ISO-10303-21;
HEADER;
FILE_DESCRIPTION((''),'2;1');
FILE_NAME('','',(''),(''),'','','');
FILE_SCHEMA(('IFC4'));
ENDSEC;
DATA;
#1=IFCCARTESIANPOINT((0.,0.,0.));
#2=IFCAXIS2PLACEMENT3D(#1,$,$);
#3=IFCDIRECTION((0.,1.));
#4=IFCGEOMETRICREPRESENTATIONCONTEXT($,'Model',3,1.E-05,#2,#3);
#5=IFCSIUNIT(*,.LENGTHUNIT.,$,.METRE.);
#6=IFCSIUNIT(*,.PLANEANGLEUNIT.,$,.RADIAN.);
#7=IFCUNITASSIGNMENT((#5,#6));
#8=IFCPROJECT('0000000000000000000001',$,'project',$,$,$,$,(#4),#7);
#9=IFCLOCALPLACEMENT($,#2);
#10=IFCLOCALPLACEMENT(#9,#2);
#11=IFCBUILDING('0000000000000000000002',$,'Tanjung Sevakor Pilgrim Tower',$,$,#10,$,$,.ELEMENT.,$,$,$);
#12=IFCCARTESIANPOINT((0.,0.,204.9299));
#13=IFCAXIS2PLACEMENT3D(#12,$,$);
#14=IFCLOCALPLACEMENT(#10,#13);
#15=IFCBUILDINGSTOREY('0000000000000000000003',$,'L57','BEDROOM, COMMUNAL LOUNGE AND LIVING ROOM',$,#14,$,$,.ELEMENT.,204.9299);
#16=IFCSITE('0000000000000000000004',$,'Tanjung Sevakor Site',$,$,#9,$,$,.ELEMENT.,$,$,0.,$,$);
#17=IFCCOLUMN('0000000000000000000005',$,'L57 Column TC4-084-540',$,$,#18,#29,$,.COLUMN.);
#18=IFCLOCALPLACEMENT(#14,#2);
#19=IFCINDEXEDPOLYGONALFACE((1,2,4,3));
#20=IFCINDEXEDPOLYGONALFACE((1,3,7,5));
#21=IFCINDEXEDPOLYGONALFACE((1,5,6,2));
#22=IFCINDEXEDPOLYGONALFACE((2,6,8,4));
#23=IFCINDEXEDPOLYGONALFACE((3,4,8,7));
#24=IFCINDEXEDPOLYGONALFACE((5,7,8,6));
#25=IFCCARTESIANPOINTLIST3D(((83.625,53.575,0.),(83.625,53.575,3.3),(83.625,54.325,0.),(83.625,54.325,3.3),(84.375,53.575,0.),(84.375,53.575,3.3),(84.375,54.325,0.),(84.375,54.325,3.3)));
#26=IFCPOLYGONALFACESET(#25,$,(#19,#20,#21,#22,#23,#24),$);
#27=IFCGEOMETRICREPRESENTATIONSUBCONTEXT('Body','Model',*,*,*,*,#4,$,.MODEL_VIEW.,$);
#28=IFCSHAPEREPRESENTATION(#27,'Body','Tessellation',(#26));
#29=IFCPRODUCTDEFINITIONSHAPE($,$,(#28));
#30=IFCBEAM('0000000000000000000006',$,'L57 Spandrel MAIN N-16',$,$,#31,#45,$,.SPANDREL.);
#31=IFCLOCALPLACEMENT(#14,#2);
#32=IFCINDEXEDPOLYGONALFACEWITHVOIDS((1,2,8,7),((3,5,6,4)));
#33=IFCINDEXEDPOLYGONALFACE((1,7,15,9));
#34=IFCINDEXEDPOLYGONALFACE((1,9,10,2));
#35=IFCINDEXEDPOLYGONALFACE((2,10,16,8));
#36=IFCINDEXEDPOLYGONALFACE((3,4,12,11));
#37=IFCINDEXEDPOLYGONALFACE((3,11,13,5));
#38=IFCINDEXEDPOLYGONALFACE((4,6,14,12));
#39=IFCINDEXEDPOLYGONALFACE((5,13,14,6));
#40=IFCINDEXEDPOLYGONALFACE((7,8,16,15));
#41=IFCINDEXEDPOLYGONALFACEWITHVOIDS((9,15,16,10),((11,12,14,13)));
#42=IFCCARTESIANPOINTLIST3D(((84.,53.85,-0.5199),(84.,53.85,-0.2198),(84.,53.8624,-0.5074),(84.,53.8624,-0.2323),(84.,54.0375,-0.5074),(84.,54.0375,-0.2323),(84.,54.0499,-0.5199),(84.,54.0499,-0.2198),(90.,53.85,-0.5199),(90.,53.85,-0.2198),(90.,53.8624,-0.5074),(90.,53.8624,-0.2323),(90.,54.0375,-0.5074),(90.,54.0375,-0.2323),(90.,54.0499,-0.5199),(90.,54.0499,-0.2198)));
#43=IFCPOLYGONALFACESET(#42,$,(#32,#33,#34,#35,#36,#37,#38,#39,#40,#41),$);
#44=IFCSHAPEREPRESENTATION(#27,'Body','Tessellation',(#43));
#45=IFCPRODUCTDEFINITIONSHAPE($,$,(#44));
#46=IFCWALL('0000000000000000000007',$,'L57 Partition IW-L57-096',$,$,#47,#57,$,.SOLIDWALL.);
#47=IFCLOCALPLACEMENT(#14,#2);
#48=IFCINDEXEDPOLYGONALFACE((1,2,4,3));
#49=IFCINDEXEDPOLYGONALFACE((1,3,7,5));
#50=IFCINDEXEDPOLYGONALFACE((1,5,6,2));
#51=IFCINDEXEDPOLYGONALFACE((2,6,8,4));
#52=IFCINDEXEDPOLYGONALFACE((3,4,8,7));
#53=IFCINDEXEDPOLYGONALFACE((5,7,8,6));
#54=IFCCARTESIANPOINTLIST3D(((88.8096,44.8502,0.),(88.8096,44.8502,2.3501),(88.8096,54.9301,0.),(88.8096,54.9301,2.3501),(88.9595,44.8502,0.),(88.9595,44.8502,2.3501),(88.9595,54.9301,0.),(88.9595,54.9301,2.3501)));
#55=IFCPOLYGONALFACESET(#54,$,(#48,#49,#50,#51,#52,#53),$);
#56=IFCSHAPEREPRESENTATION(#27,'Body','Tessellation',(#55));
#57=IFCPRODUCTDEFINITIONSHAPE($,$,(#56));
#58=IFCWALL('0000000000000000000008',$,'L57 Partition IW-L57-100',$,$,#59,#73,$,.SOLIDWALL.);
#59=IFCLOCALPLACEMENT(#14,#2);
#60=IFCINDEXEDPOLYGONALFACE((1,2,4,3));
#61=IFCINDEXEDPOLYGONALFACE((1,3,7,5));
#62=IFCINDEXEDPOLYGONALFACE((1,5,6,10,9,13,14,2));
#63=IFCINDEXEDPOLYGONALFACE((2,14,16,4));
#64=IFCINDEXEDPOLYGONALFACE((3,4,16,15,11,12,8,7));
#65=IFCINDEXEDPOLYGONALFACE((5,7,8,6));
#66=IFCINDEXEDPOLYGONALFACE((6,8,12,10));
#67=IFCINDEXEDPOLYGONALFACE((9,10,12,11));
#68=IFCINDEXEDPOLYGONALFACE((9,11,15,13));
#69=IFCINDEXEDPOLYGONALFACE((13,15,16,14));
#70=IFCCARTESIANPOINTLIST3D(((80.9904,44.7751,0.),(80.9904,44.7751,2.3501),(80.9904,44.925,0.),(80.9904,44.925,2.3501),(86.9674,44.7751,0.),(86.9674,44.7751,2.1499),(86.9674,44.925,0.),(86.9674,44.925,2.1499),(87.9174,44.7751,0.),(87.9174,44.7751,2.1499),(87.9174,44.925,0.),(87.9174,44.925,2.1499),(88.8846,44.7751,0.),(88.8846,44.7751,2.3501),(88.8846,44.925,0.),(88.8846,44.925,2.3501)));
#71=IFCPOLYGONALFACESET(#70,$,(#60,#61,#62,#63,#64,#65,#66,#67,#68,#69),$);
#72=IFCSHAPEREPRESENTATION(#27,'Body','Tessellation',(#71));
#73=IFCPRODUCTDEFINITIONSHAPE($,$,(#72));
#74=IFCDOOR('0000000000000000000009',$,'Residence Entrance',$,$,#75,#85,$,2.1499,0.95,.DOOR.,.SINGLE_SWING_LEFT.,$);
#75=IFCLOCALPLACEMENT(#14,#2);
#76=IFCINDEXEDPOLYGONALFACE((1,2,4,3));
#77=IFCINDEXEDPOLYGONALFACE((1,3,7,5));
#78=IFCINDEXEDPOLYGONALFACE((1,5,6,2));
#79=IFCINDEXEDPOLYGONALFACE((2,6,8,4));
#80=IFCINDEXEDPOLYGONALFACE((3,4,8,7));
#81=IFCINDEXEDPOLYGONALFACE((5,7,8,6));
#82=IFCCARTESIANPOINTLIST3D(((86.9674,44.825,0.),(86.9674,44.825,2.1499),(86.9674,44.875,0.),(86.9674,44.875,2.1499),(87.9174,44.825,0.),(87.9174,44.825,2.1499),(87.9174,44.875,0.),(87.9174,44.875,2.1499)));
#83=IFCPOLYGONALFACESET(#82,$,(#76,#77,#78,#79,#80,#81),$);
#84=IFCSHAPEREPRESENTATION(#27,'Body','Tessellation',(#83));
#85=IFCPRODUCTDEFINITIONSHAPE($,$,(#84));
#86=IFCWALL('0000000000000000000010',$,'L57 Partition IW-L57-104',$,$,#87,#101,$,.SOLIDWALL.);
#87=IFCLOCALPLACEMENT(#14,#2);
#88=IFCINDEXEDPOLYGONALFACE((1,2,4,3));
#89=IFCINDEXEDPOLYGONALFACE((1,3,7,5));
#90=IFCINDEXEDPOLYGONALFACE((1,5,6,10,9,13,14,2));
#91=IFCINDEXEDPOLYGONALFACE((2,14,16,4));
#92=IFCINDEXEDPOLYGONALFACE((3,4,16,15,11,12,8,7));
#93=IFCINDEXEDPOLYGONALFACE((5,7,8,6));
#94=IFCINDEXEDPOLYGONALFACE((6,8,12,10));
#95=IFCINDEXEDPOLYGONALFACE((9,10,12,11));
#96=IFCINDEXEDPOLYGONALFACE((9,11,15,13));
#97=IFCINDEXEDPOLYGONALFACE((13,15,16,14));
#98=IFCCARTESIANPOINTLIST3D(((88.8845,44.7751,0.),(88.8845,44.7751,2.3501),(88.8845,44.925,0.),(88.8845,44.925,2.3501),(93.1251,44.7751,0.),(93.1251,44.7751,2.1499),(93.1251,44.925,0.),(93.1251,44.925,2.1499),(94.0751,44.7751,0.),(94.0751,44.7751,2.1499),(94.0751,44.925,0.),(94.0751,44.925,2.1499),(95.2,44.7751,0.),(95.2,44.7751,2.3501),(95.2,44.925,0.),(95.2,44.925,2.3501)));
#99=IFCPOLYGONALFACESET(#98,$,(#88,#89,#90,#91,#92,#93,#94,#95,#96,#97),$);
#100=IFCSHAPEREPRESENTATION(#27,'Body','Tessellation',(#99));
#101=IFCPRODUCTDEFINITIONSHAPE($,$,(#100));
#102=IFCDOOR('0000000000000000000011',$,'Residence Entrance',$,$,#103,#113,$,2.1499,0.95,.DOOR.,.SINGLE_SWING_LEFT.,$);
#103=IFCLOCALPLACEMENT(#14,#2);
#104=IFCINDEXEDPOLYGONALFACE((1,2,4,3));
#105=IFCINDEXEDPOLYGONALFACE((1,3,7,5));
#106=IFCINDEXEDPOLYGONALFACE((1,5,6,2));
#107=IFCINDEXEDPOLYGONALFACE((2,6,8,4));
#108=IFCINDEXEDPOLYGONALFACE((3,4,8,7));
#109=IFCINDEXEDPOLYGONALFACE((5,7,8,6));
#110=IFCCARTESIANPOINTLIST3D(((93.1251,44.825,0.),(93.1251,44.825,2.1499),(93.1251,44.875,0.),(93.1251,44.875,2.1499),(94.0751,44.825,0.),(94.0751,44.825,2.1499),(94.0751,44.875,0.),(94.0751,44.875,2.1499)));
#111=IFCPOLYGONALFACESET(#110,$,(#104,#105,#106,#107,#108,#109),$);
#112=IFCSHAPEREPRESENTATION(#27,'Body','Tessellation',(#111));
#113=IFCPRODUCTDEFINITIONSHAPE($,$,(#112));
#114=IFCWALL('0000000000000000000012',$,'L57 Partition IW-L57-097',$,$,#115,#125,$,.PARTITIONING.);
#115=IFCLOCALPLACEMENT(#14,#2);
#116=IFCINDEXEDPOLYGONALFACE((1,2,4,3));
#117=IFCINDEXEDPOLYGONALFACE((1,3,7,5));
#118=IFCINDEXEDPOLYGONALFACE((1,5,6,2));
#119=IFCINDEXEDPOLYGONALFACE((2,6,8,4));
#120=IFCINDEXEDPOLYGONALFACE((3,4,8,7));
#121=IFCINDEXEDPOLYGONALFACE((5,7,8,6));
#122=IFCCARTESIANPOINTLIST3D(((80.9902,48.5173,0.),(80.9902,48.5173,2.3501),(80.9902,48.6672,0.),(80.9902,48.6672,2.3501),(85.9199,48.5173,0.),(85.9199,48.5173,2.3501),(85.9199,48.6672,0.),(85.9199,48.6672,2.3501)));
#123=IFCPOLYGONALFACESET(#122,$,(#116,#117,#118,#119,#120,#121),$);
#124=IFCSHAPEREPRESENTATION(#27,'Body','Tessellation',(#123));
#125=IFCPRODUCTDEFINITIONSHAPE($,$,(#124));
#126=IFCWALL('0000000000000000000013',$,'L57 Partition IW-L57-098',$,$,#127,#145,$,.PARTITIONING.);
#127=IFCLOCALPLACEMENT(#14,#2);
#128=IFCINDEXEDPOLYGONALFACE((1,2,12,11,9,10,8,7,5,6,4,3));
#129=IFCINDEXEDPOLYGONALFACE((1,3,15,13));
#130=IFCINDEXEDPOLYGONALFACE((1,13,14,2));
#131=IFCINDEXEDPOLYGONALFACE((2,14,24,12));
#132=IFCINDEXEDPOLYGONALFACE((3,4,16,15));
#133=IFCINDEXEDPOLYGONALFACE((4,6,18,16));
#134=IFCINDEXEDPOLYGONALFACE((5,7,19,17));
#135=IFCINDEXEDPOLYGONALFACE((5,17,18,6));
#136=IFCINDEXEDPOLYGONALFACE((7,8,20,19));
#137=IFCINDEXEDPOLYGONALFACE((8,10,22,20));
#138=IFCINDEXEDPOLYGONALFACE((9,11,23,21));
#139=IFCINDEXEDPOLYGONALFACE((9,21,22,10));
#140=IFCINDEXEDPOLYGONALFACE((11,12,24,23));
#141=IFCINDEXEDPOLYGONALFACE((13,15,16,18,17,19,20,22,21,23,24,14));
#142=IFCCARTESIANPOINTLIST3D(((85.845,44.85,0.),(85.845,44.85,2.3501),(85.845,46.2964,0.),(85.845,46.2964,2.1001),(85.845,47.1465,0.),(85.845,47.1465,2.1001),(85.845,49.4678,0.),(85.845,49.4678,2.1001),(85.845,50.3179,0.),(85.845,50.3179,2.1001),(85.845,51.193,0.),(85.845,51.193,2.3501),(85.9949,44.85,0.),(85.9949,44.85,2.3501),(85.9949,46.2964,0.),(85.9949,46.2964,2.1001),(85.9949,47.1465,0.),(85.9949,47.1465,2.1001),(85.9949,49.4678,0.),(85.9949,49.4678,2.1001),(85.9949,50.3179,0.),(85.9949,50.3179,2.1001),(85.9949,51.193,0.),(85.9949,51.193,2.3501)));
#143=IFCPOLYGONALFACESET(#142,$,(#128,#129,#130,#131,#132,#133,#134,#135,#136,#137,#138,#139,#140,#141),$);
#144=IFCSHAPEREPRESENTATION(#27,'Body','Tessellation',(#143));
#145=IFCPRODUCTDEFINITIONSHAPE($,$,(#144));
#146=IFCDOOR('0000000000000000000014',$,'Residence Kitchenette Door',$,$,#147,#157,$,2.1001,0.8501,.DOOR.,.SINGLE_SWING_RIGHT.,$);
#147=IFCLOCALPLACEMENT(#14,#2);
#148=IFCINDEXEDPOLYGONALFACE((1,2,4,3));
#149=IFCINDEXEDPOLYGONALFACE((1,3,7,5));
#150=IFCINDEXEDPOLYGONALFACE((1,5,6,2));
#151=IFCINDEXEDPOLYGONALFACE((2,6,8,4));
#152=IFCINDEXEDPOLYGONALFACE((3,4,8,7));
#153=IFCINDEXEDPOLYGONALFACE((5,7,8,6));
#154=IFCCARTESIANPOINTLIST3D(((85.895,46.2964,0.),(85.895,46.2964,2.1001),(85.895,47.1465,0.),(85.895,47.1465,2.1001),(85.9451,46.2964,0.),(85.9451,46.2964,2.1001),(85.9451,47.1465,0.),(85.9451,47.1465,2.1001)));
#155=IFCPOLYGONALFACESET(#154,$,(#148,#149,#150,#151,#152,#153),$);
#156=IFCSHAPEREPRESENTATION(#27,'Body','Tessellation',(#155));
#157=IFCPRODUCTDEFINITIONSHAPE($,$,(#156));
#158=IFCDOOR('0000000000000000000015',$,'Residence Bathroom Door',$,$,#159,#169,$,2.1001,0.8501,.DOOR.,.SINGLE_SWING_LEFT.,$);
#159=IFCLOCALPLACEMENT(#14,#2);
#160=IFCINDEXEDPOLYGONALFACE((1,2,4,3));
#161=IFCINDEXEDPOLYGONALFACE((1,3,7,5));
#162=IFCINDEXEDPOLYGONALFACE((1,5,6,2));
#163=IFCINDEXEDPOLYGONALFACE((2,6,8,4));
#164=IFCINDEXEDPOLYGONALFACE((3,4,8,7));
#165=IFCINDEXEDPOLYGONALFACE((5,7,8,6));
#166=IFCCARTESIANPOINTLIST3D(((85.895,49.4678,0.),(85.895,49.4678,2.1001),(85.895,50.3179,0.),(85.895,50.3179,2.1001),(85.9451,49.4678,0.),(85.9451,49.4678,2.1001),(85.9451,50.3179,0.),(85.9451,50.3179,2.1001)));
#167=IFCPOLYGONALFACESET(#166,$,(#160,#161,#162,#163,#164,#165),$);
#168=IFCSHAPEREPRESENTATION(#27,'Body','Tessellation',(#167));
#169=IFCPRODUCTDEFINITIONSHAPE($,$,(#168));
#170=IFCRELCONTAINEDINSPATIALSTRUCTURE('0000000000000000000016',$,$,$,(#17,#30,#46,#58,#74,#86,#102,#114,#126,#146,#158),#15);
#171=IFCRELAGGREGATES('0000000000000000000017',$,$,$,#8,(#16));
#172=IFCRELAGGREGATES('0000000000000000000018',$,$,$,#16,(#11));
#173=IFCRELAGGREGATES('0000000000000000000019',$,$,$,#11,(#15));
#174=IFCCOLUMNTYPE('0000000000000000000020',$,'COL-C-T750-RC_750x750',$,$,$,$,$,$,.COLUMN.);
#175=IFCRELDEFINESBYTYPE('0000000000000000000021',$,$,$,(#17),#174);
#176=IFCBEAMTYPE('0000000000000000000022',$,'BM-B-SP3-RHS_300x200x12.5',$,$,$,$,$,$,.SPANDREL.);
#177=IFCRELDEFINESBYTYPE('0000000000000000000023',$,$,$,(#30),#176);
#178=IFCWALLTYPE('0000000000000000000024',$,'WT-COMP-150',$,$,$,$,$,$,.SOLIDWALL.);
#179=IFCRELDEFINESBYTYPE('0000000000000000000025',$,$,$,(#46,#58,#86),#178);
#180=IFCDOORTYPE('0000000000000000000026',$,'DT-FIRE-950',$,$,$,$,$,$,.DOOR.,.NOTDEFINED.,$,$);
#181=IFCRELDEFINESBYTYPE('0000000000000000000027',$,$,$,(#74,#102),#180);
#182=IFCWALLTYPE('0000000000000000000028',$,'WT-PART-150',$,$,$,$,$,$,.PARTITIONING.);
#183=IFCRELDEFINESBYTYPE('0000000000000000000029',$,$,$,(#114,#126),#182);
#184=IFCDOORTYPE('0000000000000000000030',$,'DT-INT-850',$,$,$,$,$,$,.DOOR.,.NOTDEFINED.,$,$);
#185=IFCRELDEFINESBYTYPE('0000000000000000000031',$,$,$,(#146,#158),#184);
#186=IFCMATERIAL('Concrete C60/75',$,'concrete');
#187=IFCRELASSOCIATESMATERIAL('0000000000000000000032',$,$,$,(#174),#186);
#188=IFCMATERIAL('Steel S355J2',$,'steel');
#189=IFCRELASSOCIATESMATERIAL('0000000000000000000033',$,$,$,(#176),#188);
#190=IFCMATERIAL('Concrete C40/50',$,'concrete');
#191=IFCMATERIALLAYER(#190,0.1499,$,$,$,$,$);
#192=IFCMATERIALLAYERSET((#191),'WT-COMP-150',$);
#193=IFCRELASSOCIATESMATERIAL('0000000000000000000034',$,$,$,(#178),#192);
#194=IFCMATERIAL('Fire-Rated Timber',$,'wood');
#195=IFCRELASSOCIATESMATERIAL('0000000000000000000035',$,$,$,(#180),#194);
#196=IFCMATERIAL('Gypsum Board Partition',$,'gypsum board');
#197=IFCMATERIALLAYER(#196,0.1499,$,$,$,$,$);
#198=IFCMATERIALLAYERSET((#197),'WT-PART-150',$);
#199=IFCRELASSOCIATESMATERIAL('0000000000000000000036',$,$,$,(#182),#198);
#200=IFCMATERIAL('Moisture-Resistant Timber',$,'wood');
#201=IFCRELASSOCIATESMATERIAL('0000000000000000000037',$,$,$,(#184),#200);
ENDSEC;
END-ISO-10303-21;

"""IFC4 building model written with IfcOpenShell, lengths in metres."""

from ifc_helpers import new_model, si_unit, direction, frame, frame_2d, origin, origin_2d, place, context, subcontext, project, spatial, rectangle, hollow_rectangle, extrude, material, layer, layer_set, material_profile, profile_set, type_object, element, fill, save


model = new_model("IFC4")

# Units and contexts
model_context = context("Model", 3, precision=1e-05, world=origin(), true_north=direction((0.0, 1.0)))
body_context = subcontext(model_context, "Body", "Model", "MODEL_VIEW")
ifc_project = project(units=[si_unit("LENGTHUNIT", "METRE"), si_unit("PLANEANGLEUNIT", "RADIAN")], contexts=[model_context])

# Site, building, storey
site_placement = place(None, origin())
site = spatial("IfcSite", under=ifc_project, at=site_placement, Name="Tanjung Sevakor Site", CompositionType="ELEMENT", RefElevation=0.0)
building_placement = place(site_placement, origin())
building = spatial("IfcBuilding", under=site, at=building_placement, Name="Tanjung Sevakor Pilgrim Tower", CompositionType="ELEMENT")
storey_placement = place(building_placement, frame((0.0, 0.0, 204.9299)))
storey = spatial("IfcBuildingStorey", under=building, at=storey_placement, Name="L57", Description="BEDROOM, COMMUNAL LOUNGE AND LIVING ROOM", CompositionType="ELEMENT", Elevation=204.9299)

# Column
ifc_material_1 = material(Name="Concrete C60/75", Category="concrete")
ifc_material_profile_1 = material_profile(ifc_material_1, rectangle(XDim=0.75, YDim=0.75, at=origin_2d()))
ifc_profile_set_1 = profile_set([ifc_material_profile_1], Name="Concrete C60/75")
column_type = type_object("IfcColumnType", Name="COL-C-T750-RC_750x750", PredefinedType="COLUMN", material=ifc_profile_set_1)
column_placement = place(storey_placement, frame((84.0, 53.95, 0.0), z_axis=(0.0, 0.0, 1.0), x_axis=(1.0, 0.0, 0.0)))
element("IfcColumn", 1, at=column_placement, inside=storey, type_object=column_type, Name="L57 Column TC4-084-540", PredefinedType="COLUMN", context=body_context, shape_type="SweptSolid", body=[
    extrude(rectangle(XDim=0.75, YDim=0.75, at=origin_2d()), origin(), (0.0, 0.0, 1.0), 3.3),
])

# Beam
ifc_material_2 = material(Name="Steel S355J2", Category="steel")
ifc_material_profile_2 = material_profile(ifc_material_2, hollow_rectangle(XDim=0.2, YDim=0.3, WallThickness=0.0125, at=origin_2d()))
ifc_profile_set_2 = profile_set([ifc_material_profile_2], Name="Steel S355J2")
beam_type = type_object("IfcBeamType", Name="BM-B-SP3-RHS_300x200x12.5", PredefinedType="SPANDREL", material=ifc_profile_set_2)
beam_placement = place(storey_placement, frame((84.0, 53.95, -0.3699), z_axis=(1.0, 0.0, 0.0), x_axis=(0.0, 1.0, 0.0)))
element("IfcBeam", 2, at=beam_placement, inside=storey, type_object=beam_type, Name="L57 Spandrel MAIN N-16", PredefinedType="SPANDREL", context=body_context, shape_type="SweptSolid", body=[
    extrude(hollow_rectangle(XDim=0.2, YDim=0.3, WallThickness=0.0125, at=origin_2d()), origin(), (0.0, 0.0, 1.0), 6.0),
])

# Wall
ifc_material_3 = material(Name="Concrete C40/50", Category="concrete")
ifc_layer_1 = layer(ifc_material_3, 0.1499)
ifc_layer_set_1 = layer_set([ifc_layer_1], Name="WT-COMP-150")
wall_type_1 = type_object("IfcWallType", Name="WT-COMP-150", PredefinedType="SOLIDWALL", material=ifc_layer_set_1)
wall_1_placement = place(storey_placement, frame((88.8845, 44.8501, 0.0), z_axis=(0.0, 0.0, 1.0), x_axis=(0.0, 1.0, 0.0)))
element("IfcWall", 3, at=wall_1_placement, inside=storey, type_object=wall_type_1, Name="L57 Partition IW-L57-096", PredefinedType="SOLIDWALL", context=body_context, shape_type="SweptSolid", body=[
    extrude(rectangle(XDim=10.0798, YDim=0.1499, at=frame_2d((5.04, 0.0))), origin(), (0.0, 0.0, 1.0), 2.3501),
])

# Walls, openings, doors
wall_2_placement = place(storey_placement, frame((80.9902, 44.8501, 0.0), z_axis=(0.0, 0.0, 1.0), x_axis=(1.0, 0.0, 0.0)))
wall_2 = element("IfcWall", 4, at=wall_2_placement, inside=storey, type_object=wall_type_1, Name="L57 Partition IW-L57-100", PredefinedType="SOLIDWALL", context=body_context, shape_type="SweptSolid", body=[
    extrude(rectangle(XDim=7.8943, YDim=0.1499, at=frame_2d((3.9473, 0.0))), origin(), (0.0, 0.0, 1.0), 2.3501),
])
opening_1_placement = place(wall_2_placement, frame((5.9771, 0.0, 0.0)))
opening_1 = element("IfcOpeningElement", 5, at=opening_1_placement, cuts=wall_2, PredefinedType="OPENING", context=body_context, shape_type="SweptSolid", body=[
    extrude(rectangle(XDim=0.95, YDim=2.1499, at=frame_2d((0.4751, 1.075))), frame((0.0, 0.085, 0.0), z_axis=(0.0, -1.0, 0.0), x_axis=(1.0, 0.0, 0.0)), (0.0, 0.0, 1.0), 0.1699),
])
ifc_material_4 = material(Name="Fire-Rated Timber", Category="wood")
door_type_1 = type_object("IfcDoorType", Name="DT-FIRE-950", OperationType="NOTDEFINED", PredefinedType="DOOR", material=ifc_material_4)
door_1_placement = place(opening_1_placement, origin())
door_1 = element("IfcDoor", 6, at=door_1_placement, inside=storey, type_object=door_type_1, Name="Residence Entrance", OperationType="SINGLE_SWING_LEFT", OverallHeight=2.1499, OverallWidth=0.95, PredefinedType="DOOR", context=body_context, shape_type="SweptSolid", body=[
    extrude(rectangle(XDim=0.95, YDim=2.1499, at=frame_2d((0.4751, 1.075))), frame((0.0, 0.0249, 0.0), z_axis=(0.0, -1.0, 0.0), x_axis=(1.0, 0.0, 0.0)), (0.0, 0.0, 1.0), 0.05),
])
fill(opening_1, door_1)
wall_3_placement = place(storey_placement, frame((88.8845, 44.8501, 0.0), z_axis=(0.0, 0.0, 1.0), x_axis=(1.0, 0.0, 0.0)))
wall_3 = element("IfcWall", 7, at=wall_3_placement, inside=storey, type_object=wall_type_1, Name="L57 Partition IW-L57-104", PredefinedType="SOLIDWALL", context=body_context, shape_type="SweptSolid", body=[
    extrude(rectangle(XDim=6.3154, YDim=0.1499, at=frame_2d((3.1577, 0.0))), origin(), (0.0, 0.0, 1.0), 2.3501),
])
opening_2_placement = place(wall_3_placement, frame((4.2405, 0.0, 0.0)))
opening_2 = element("IfcOpeningElement", 8, at=opening_2_placement, cuts=wall_3, PredefinedType="OPENING", context=body_context, shape_type="SweptSolid", body=[
    extrude(rectangle(XDim=0.95, YDim=2.1499, at=frame_2d((0.4751, 1.075))), frame((0.0, 0.085, 0.0), z_axis=(0.0, -1.0, 0.0), x_axis=(1.0, 0.0, 0.0)), (0.0, 0.0, 1.0), 0.1699),
])
door_2_placement = place(opening_2_placement, origin())
door_2 = element("IfcDoor", 9, at=door_2_placement, inside=storey, type_object=door_type_1, Name="Residence Entrance", OperationType="SINGLE_SWING_LEFT", OverallHeight=2.1499, OverallWidth=0.95, PredefinedType="DOOR", context=body_context, shape_type="SweptSolid", body=[
    extrude(rectangle(XDim=0.95, YDim=2.1499, at=frame_2d((0.4751, 1.075))), frame((0.0, 0.0249, 0.0), z_axis=(0.0, -1.0, 0.0), x_axis=(1.0, 0.0, 0.0)), (0.0, 0.0, 1.0), 0.05),
])
fill(opening_2, door_2)

# Wall
ifc_material_5 = material(Name="Gypsum Board Partition", Category="gypsum board")
ifc_layer_2 = layer(ifc_material_5, 0.1499)
ifc_layer_set_2 = layer_set([ifc_layer_2], Name="WT-PART-150")
wall_type_2 = type_object("IfcWallType", Name="WT-PART-150", PredefinedType="PARTITIONING", material=ifc_layer_set_2)
wall_4_placement = place(storey_placement, frame((80.9902, 48.5923, 0.0), z_axis=(0.0, 0.0, 1.0), x_axis=(1.0, 0.0, 0.0)))
element("IfcWall", 10, at=wall_4_placement, inside=storey, type_object=wall_type_2, Name="L57 Partition IW-L57-097", PredefinedType="PARTITIONING", context=body_context, shape_type="SweptSolid", body=[
    extrude(rectangle(XDim=4.9297, YDim=0.1499, at=frame_2d((2.4648, 0.0))), origin(), (0.0, 0.0, 1.0), 2.3501),
])

# Wall, openings, doors
wall_5_placement = place(storey_placement, frame((85.9199, 44.8501, 0.0), z_axis=(0.0, 0.0, 1.0), x_axis=(0.0, 1.0, 0.0)))
wall_5 = element("IfcWall", 11, at=wall_5_placement, inside=storey, type_object=wall_type_2, Name="L57 Partition IW-L57-098", PredefinedType="PARTITIONING", context=body_context, shape_type="SweptSolid", body=[
    extrude(rectangle(XDim=6.343, YDim=0.1499, at=frame_2d((3.1714, 0.0))), origin(), (0.0, 0.0, 1.0), 2.3501),
])
opening_3_placement = place(wall_5_placement, frame((1.4463, 0.0, 0.0)))
opening_3 = element("IfcOpeningElement", 12, at=opening_3_placement, cuts=wall_5, PredefinedType="OPENING", context=body_context, shape_type="SweptSolid", body=[
    extrude(rectangle(XDim=0.8501, YDim=2.1001, at=frame_2d((0.425, 1.05))), frame((0.0, 0.085, 0.0), z_axis=(0.0, -1.0, 0.0), x_axis=(1.0, 0.0, 0.0)), (0.0, 0.0, 1.0), 0.1699),
])
opening_4_placement = place(wall_5_placement, frame((4.6177, 0.0, 0.0)))
opening_4 = element("IfcOpeningElement", 13, at=opening_4_placement, cuts=wall_5, PredefinedType="OPENING", context=body_context, shape_type="SweptSolid", body=[
    extrude(rectangle(XDim=0.8501, YDim=2.1001, at=frame_2d((0.425, 1.05))), frame((0.0, 0.085, 0.0), z_axis=(0.0, -1.0, 0.0), x_axis=(1.0, 0.0, 0.0)), (0.0, 0.0, 1.0), 0.1699),
])
ifc_material_6 = material(Name="Moisture-Resistant Timber", Category="wood")
door_type_2 = type_object("IfcDoorType", Name="DT-INT-850", OperationType="NOTDEFINED", PredefinedType="DOOR", material=ifc_material_6)
door_3_placement = place(opening_3_placement, origin())
door_3 = element("IfcDoor", 14, at=door_3_placement, inside=storey, type_object=door_type_2, Name="Residence Kitchenette Door", OperationType="SINGLE_SWING_RIGHT", OverallHeight=2.1001, OverallWidth=0.8501, PredefinedType="DOOR", context=body_context, shape_type="SweptSolid", body=[
    extrude(rectangle(XDim=0.8501, YDim=2.1001, at=frame_2d((0.425, 1.05))), frame((0.0, 0.0249, 0.0), z_axis=(0.0, -1.0, 0.0), x_axis=(1.0, 0.0, 0.0)), (0.0, 0.0, 1.0), 0.05),
])
fill(opening_3, door_3)
door_4_placement = place(opening_4_placement, origin())
door_4 = element("IfcDoor", 15, at=door_4_placement, inside=storey, type_object=door_type_2, Name="Residence Bathroom Door", OperationType="SINGLE_SWING_LEFT", OverallHeight=2.1001, OverallWidth=0.8501, PredefinedType="DOOR", context=body_context, shape_type="SweptSolid", body=[
    extrude(rectangle(XDim=0.8501, YDim=2.1001, at=frame_2d((0.425, 1.05))), frame((0.0, 0.0249, 0.0), z_axis=(0.0, -1.0, 0.0), x_axis=(1.0, 0.0, 0.0)), (0.0, 0.0, 1.0), 0.05),
])
fill(opening_4, door_4)

save(model, "model.ifc")
